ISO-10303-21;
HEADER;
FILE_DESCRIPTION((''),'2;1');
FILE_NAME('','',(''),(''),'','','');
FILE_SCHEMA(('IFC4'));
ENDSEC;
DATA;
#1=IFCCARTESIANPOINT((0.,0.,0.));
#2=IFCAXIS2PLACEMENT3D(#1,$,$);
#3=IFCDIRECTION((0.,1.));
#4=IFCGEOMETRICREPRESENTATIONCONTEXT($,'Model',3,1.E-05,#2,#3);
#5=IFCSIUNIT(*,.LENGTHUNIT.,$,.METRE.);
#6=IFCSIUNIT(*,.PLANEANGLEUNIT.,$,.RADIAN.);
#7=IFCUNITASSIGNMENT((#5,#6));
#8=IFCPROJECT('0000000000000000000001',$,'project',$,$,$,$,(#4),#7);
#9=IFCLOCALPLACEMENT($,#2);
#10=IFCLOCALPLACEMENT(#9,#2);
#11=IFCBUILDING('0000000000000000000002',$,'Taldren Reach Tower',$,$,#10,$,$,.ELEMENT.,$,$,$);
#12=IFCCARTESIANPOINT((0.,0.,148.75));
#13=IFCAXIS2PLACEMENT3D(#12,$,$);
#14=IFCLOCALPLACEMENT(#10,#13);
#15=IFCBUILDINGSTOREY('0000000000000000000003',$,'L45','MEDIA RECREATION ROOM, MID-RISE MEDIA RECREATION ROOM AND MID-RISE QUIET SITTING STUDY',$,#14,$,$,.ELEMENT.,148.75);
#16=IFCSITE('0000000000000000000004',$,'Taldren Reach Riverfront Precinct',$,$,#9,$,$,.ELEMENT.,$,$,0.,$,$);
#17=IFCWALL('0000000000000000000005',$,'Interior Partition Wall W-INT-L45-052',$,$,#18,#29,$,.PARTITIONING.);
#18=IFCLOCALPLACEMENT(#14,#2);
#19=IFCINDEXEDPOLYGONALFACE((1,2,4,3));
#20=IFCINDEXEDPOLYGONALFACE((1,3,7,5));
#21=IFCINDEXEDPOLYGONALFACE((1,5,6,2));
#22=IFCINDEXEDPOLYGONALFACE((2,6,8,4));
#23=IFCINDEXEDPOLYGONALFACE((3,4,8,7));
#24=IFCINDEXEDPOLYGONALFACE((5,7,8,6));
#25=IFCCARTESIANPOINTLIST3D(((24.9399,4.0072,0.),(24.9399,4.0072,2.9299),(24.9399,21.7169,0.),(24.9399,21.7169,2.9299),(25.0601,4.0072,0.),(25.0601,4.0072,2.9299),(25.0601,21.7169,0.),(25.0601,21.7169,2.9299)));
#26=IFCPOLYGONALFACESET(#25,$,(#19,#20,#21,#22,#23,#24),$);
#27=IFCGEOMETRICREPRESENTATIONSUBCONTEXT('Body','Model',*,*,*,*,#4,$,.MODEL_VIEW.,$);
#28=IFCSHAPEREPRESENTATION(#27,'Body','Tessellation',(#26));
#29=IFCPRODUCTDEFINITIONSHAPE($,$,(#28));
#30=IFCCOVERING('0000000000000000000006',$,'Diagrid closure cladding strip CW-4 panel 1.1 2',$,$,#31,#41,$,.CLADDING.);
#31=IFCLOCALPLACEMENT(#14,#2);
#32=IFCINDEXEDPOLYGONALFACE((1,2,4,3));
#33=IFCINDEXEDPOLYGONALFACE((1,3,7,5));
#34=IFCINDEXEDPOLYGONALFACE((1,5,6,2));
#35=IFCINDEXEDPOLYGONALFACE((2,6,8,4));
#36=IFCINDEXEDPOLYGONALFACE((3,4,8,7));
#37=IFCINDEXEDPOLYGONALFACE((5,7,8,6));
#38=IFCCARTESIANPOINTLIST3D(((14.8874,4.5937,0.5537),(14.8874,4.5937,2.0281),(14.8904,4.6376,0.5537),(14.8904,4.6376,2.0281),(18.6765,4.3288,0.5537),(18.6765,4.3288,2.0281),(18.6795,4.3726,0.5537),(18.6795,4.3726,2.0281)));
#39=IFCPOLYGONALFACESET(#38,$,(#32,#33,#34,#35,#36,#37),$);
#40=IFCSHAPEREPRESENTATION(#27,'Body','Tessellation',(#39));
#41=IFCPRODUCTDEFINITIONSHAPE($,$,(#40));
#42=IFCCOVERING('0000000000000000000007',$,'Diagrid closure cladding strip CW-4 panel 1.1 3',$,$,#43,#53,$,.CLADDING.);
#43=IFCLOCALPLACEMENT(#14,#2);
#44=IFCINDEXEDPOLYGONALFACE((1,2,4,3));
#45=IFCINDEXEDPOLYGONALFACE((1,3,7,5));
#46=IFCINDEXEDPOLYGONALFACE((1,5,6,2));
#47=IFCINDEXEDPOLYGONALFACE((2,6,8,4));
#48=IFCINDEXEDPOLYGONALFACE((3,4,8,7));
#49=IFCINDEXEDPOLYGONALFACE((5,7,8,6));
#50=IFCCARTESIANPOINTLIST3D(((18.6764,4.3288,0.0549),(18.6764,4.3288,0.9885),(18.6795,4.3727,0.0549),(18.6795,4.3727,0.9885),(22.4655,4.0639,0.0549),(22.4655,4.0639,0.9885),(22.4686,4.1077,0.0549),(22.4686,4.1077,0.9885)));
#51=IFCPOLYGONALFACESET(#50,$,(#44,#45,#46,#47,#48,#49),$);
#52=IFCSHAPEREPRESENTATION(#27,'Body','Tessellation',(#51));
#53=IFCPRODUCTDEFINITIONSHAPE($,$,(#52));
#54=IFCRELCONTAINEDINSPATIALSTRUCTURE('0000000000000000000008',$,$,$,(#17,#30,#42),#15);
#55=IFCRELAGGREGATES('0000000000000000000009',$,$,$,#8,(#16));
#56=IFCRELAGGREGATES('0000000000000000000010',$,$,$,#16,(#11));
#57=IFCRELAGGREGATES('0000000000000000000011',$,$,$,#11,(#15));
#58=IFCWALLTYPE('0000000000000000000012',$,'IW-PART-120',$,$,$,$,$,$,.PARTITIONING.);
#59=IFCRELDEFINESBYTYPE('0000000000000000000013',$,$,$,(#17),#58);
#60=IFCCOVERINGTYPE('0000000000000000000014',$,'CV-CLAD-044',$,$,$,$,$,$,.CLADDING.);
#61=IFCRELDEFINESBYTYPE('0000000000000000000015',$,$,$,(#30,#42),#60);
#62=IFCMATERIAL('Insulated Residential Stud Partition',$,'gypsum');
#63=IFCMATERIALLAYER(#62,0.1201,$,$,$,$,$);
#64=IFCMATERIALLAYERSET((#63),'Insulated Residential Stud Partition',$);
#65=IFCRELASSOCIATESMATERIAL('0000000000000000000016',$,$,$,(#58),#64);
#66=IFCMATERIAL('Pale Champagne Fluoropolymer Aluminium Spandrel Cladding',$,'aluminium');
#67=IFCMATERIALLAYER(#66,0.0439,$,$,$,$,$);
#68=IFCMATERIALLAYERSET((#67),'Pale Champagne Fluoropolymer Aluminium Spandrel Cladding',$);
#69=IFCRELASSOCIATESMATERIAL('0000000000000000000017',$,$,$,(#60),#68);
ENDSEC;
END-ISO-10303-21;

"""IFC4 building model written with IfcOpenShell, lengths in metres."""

from ifc_helpers import new_model, si_unit, direction, frame, frame_2d, origin, origin_2d, place, context, subcontext, project, spatial, rectangle, extrude, source, transform, mapped, material, layer, layer_set, type_object, element, save


model = new_model("IFC4")

# Units and contexts
model_context = context("Model", 3, precision=1e-05, world=origin(), true_north=direction((0.0, 1.0)))
body_context = subcontext(model_context, "Body", "Model", "MODEL_VIEW")
ifc_project = project(units=[si_unit("LENGTHUNIT", "METRE"), si_unit("PLANEANGLEUNIT", "RADIAN")], contexts=[model_context])

# Site, building, storey
site_placement = place(None, origin())
site = spatial("IfcSite", under=ifc_project, at=site_placement, Name="Taldren Reach Riverfront Precinct", CompositionType="ELEMENT", RefElevation=0.0)
building_placement = place(site_placement, origin())
building = spatial("IfcBuilding", under=site, at=building_placement, Name="Taldren Reach Tower", CompositionType="ELEMENT")
storey_placement = place(building_placement, frame((0.0, 0.0, 148.75)))
storey = spatial("IfcBuildingStorey", under=building, at=storey_placement, Name="L45", Description="MEDIA RECREATION ROOM, MID-RISE MEDIA RECREATION ROOM AND MID-RISE QUIET SITTING STUDY", CompositionType="ELEMENT", Elevation=148.75)

# Wall
ifc_material_1 = material(Name="Insulated Residential Stud Partition", Category="gypsum")
ifc_layer_1 = layer(ifc_material_1, 0.1201)
ifc_layer_set_1 = layer_set([ifc_layer_1], Name="Insulated Residential Stud Partition")
wall_type_1 = type_object("IfcWallType", Name="IW-PART-120", PredefinedType="PARTITIONING", material=ifc_layer_set_1)
shared_shape_1 = source(origin(), body_context, "Body", "SweptSolid", [
    extrude(rectangle(XDim=17.7097, YDim=0.1201, at=frame_2d((8.855, 0.0))), origin(), (0.0, 0.0, 1.0), 2.9299),
])
wall_1_placement = place(storey_placement, frame((25.0, 21.717, 0.0), z_axis=(0.0, 0.0, 1.0), x_axis=(0.0, -1.0, 0.0)))
element("IfcWall", 1, at=wall_1_placement, inside=storey, type_object=wall_type_1, Name="Interior Partition Wall W-INT-L45-052", PredefinedType="PARTITIONING", context=body_context, shape_type="MappedRepresentation", body=[
    mapped(shared_shape_1, transform((0.0, 0.0, 0.0), scale=1.0)),
])

# Coverings
ifc_material_2 = material(Name="Pale Champagne Fluoropolymer Aluminium Spandrel Cladding", Category="aluminium")
ifc_layer_2 = layer(ifc_material_2, 0.0439)
ifc_layer_set_2 = layer_set([ifc_layer_2], Name="Pale Champagne Fluoropolymer Aluminium Spandrel Cladding")
covering_type = type_object("IfcCoveringType", Name="CV-CLAD-044", PredefinedType="CLADDING", material=ifc_layer_set_2)
shared_shape_2 = source(origin(), body_context, "Body", "SweptSolid", [
    extrude(rectangle(XDim=3.7983, YDim=0.0439, at=origin_2d()), origin(), (0.0, 0.0, 1.0), 1.4744),
])
covering_1_placement = place(storey_placement, frame((16.7834, 4.4832, 0.5537), z_axis=(0.0, 0.0, 1.0), x_axis=(0.997564, -0.069757, 0.0)))
element("IfcCovering", 2, at=covering_1_placement, inside=storey, type_object=covering_type, Name="Diagrid closure cladding strip CW-4 panel 1.1 2", PredefinedType="CLADDING", context=body_context, shape_type="MappedRepresentation", body=[
    mapped(shared_shape_2, transform((0.0, 0.0, 0.0), scale=1.0)),
])
shared_shape_3 = source(origin(), body_context, "Body", "SweptSolid", [
    extrude(rectangle(XDim=3.7983, YDim=0.0439, at=origin_2d()), origin(), (0.0, 0.0, 1.0), 0.9336),
])
covering_2_placement = place(storey_placement, frame((20.5725, 4.2183, 0.0549), z_axis=(0.0, 0.0, 1.0), x_axis=(0.997564, -0.069757, 0.0)))
element("IfcCovering", 3, at=covering_2_placement, inside=storey, type_object=covering_type, Name="Diagrid closure cladding strip CW-4 panel 1.1 3", PredefinedType="CLADDING", context=body_context, shape_type="MappedRepresentation", body=[
    mapped(shared_shape_3, transform((0.0, 0.0, 0.0), scale=1.0)),
])

save(model, "model.ifc")
